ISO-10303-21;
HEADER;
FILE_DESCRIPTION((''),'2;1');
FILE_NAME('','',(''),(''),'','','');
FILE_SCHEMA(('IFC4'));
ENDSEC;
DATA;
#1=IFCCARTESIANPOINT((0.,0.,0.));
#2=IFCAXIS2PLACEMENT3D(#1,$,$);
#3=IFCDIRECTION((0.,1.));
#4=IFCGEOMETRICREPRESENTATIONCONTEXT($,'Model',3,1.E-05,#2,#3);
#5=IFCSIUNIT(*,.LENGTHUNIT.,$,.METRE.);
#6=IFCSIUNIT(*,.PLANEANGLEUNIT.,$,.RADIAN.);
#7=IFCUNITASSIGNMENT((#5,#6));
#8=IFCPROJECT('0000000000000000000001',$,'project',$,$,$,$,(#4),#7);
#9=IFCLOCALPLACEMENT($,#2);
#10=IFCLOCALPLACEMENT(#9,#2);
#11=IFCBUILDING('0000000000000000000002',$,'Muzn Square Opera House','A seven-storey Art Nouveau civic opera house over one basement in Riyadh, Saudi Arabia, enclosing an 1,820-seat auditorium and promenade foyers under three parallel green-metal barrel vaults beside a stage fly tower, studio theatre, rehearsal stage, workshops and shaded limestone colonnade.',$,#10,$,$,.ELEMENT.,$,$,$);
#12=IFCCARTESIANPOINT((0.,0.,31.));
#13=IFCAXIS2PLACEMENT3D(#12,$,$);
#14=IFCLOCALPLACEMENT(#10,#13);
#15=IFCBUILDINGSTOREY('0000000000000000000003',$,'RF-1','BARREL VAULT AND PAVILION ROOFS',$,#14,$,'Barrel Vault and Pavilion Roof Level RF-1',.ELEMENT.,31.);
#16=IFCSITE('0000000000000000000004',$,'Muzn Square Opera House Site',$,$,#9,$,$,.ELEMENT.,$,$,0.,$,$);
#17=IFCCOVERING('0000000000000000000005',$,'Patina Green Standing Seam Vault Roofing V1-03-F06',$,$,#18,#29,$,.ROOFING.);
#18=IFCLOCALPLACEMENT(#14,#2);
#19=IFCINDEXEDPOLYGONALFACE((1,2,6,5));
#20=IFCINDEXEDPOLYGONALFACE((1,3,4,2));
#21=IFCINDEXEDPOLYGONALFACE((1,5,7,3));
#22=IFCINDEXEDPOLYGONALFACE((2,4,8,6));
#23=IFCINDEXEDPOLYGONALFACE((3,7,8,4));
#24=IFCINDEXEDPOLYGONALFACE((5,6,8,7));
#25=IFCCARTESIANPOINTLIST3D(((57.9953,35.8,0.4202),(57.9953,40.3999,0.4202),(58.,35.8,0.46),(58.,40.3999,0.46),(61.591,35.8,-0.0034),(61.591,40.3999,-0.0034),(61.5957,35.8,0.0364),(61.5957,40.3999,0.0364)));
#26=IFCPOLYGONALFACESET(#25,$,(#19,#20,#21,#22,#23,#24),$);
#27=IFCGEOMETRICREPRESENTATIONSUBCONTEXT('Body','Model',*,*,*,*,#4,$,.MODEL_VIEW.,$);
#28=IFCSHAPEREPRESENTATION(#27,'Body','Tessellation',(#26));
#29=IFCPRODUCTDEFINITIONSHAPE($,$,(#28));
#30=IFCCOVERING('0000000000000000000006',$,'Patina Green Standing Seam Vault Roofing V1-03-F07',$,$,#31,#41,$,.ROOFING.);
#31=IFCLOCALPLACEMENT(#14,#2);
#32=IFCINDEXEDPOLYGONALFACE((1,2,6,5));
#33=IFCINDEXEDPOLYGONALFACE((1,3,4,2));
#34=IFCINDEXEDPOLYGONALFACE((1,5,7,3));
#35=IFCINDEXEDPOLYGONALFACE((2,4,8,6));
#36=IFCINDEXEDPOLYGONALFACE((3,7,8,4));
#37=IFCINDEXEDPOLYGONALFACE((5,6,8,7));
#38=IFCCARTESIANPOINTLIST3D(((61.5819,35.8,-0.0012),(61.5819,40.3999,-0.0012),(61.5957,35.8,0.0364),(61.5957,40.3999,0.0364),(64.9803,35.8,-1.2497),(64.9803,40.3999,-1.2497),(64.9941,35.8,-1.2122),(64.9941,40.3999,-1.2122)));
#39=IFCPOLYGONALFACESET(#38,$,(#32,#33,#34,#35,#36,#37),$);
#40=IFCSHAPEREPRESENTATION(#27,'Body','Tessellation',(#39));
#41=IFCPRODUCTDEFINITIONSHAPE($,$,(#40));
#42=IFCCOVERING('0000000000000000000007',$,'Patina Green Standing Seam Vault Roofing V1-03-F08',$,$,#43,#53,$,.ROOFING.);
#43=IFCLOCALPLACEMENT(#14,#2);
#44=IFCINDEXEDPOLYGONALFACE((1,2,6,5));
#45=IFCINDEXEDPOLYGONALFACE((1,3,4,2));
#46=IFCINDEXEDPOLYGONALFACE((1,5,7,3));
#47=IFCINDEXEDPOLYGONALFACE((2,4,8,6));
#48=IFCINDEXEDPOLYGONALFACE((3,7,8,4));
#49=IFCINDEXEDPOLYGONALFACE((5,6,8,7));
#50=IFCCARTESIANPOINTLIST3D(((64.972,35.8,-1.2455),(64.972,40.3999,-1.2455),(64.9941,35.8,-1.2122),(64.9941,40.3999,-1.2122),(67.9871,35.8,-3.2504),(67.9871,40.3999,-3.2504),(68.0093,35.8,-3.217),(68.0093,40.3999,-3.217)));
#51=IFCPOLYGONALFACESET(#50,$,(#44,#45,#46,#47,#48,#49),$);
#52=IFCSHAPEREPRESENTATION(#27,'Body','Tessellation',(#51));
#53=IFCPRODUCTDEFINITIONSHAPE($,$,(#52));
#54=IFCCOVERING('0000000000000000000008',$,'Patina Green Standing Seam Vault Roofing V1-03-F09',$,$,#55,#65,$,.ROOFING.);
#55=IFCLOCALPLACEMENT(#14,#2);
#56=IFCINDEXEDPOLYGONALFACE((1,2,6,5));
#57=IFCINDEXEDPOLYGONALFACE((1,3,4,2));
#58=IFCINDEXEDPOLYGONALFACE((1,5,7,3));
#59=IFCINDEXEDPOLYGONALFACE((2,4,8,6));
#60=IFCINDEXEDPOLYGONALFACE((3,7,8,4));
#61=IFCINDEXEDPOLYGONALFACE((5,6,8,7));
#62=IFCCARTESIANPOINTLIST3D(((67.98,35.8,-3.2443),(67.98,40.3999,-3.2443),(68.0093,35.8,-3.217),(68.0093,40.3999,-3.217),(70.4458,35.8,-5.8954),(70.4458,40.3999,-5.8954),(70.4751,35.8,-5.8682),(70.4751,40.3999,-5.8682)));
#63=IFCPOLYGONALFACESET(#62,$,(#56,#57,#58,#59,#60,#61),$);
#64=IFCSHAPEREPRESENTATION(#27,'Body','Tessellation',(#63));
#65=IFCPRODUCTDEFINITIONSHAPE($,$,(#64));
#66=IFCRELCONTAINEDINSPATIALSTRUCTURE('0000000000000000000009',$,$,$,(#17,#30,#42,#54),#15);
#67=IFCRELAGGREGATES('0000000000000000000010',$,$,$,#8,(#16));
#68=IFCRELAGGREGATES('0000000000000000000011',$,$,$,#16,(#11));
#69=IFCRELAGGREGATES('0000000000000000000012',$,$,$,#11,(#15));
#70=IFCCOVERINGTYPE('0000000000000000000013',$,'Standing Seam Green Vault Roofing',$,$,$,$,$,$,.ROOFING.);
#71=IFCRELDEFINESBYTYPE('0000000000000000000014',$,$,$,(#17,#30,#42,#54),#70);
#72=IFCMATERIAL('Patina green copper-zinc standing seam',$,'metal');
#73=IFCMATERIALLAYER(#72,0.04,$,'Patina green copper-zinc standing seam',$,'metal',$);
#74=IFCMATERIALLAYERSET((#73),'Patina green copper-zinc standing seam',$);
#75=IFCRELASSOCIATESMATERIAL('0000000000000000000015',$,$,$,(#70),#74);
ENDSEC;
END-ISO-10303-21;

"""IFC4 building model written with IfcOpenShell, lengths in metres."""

from ifc_helpers import new_model, si_unit, direction, frame, origin, place, context, subcontext, project, spatial, polyline, outline, extrude, material, layer, layer_set, type_object, element, save


model = new_model("IFC4")

# Units and contexts
model_context = context("Model", 3, precision=1e-05, world=origin(), true_north=direction((0.0, 1.0)))
body_context = subcontext(model_context, "Body", "Model", "MODEL_VIEW")
ifc_project = project(units=[si_unit("LENGTHUNIT", "METRE"), si_unit("PLANEANGLEUNIT", "RADIAN")], contexts=[model_context])

# Site, building, storey
site_placement = place(None, origin())
site = spatial("IfcSite", under=ifc_project, at=site_placement, Name="Muzn Square Opera House Site", CompositionType="ELEMENT", RefElevation=0.0)
building_placement = place(site_placement, origin())
building = spatial("IfcBuilding", under=site, at=building_placement, Name="Muzn Square Opera House", Description="A seven-storey Art Nouveau civic opera house over one basement in Riyadh, Saudi Arabia, enclosing an 1,820-seat auditorium and promenade foyers under three parallel green-metal barrel vaults beside a stage fly tower, studio theatre, rehearsal stage, workshops and shaded limestone colonnade.", CompositionType="ELEMENT")
storey_placement = place(building_placement, frame((0.0, 0.0, 31.0)))
storey = spatial("IfcBuildingStorey", under=building, at=storey_placement, Name="RF-1", Description="BARREL VAULT AND PAVILION ROOFS", LongName="Barrel Vault and Pavilion Roof Level RF-1", CompositionType="ELEMENT", Elevation=31.0)

# Shared definitions
ifc_material_1 = material(Name="Patina green copper-zinc standing seam", Category="metal")

# Coverings
ifc_layer_1 = layer(ifc_material_1, 0.04, Name="Patina green copper-zinc standing seam", Category="metal")
ifc_layer_set_1 = layer_set([ifc_layer_1], Name="Patina green copper-zinc standing seam")
covering_type = type_object("IfcCoveringType", Name="Standing Seam Green Vault Roofing", PredefinedType="ROOFING", material=ifc_layer_set_1)
covering_1_placement = place(storey_placement, frame((58.0, 35.8, 0.46), z_axis=(0.116994, 0.0, 0.993133), x_axis=(0.993133, 0.0, -0.116994)))
element("IfcCovering", 1, at=covering_1_placement, inside=storey, type_object=covering_type, Name="Patina Green Standing Seam Vault Roofing V1-03-F06", PredefinedType="ROOFING", context=body_context, shape_type="SweptSolid", body=[
    extrude(outline(polyline([(0.0, 0.0), (3.6206, 0.0), (3.6206, 4.5999), (0.0, 4.5999), (0.0, 0.0)])), origin(), (0.0, 0.0, -1.0), 0.04),
])
covering_2_placement = place(storey_placement, frame((61.5957, 35.8, 0.0364), z_axis=(0.344849, 0.0, 0.938658), x_axis=(0.938658, 0.0, -0.344849)))
element("IfcCovering", 2, at=covering_2_placement, inside=storey, type_object=covering_type, Name="Patina Green Standing Seam Vault Roofing V1-03-F07", PredefinedType="ROOFING", context=body_context, shape_type="SweptSolid", body=[
    extrude(outline(polyline([(0.0, 0.0), (3.6205, 0.0), (3.6205, 4.5999), (0.0, 4.5999), (0.0, 0.0)])), origin(), (0.0, 0.0, -1.0), 0.04),
])
covering_3_placement = place(storey_placement, frame((64.9941, 35.8, -1.2122), z_axis=(0.553704, 0.0, 0.832714), x_axis=(0.832714, 0.0, -0.553704)))
element("IfcCovering", 3, at=covering_3_placement, inside=storey, type_object=covering_type, Name="Patina Green Standing Seam Vault Roofing V1-03-F08", PredefinedType="ROOFING", context=body_context, shape_type="SweptSolid", body=[
    extrude(outline(polyline([(0.0, 0.0), (3.6209, 0.0), (3.6209, 4.5999), (0.0, 4.5999), (0.0, 0.0)])), origin(), (0.0, 0.0, -1.0), 0.04),
])
covering_4_placement = place(storey_placement, frame((68.0093, 35.8, -3.217), z_axis=(0.732234, 0.0, 0.681053), x_axis=(0.681053, 0.0, -0.732234)))
element("IfcCovering", 4, at=covering_4_placement, inside=storey, type_object=covering_type, Name="Patina Green Standing Seam Vault Roofing V1-03-F09", PredefinedType="ROOFING", context=body_context, shape_type="SweptSolid", body=[
    extrude(outline(polyline([(0.0, 0.0), (3.6206, 0.0), (3.6206, 4.5999), (0.0, 4.5999), (0.0, 0.0)])), origin(), (0.0, 0.0, -1.0), 0.04),
])

save(model, "model.ifc")
